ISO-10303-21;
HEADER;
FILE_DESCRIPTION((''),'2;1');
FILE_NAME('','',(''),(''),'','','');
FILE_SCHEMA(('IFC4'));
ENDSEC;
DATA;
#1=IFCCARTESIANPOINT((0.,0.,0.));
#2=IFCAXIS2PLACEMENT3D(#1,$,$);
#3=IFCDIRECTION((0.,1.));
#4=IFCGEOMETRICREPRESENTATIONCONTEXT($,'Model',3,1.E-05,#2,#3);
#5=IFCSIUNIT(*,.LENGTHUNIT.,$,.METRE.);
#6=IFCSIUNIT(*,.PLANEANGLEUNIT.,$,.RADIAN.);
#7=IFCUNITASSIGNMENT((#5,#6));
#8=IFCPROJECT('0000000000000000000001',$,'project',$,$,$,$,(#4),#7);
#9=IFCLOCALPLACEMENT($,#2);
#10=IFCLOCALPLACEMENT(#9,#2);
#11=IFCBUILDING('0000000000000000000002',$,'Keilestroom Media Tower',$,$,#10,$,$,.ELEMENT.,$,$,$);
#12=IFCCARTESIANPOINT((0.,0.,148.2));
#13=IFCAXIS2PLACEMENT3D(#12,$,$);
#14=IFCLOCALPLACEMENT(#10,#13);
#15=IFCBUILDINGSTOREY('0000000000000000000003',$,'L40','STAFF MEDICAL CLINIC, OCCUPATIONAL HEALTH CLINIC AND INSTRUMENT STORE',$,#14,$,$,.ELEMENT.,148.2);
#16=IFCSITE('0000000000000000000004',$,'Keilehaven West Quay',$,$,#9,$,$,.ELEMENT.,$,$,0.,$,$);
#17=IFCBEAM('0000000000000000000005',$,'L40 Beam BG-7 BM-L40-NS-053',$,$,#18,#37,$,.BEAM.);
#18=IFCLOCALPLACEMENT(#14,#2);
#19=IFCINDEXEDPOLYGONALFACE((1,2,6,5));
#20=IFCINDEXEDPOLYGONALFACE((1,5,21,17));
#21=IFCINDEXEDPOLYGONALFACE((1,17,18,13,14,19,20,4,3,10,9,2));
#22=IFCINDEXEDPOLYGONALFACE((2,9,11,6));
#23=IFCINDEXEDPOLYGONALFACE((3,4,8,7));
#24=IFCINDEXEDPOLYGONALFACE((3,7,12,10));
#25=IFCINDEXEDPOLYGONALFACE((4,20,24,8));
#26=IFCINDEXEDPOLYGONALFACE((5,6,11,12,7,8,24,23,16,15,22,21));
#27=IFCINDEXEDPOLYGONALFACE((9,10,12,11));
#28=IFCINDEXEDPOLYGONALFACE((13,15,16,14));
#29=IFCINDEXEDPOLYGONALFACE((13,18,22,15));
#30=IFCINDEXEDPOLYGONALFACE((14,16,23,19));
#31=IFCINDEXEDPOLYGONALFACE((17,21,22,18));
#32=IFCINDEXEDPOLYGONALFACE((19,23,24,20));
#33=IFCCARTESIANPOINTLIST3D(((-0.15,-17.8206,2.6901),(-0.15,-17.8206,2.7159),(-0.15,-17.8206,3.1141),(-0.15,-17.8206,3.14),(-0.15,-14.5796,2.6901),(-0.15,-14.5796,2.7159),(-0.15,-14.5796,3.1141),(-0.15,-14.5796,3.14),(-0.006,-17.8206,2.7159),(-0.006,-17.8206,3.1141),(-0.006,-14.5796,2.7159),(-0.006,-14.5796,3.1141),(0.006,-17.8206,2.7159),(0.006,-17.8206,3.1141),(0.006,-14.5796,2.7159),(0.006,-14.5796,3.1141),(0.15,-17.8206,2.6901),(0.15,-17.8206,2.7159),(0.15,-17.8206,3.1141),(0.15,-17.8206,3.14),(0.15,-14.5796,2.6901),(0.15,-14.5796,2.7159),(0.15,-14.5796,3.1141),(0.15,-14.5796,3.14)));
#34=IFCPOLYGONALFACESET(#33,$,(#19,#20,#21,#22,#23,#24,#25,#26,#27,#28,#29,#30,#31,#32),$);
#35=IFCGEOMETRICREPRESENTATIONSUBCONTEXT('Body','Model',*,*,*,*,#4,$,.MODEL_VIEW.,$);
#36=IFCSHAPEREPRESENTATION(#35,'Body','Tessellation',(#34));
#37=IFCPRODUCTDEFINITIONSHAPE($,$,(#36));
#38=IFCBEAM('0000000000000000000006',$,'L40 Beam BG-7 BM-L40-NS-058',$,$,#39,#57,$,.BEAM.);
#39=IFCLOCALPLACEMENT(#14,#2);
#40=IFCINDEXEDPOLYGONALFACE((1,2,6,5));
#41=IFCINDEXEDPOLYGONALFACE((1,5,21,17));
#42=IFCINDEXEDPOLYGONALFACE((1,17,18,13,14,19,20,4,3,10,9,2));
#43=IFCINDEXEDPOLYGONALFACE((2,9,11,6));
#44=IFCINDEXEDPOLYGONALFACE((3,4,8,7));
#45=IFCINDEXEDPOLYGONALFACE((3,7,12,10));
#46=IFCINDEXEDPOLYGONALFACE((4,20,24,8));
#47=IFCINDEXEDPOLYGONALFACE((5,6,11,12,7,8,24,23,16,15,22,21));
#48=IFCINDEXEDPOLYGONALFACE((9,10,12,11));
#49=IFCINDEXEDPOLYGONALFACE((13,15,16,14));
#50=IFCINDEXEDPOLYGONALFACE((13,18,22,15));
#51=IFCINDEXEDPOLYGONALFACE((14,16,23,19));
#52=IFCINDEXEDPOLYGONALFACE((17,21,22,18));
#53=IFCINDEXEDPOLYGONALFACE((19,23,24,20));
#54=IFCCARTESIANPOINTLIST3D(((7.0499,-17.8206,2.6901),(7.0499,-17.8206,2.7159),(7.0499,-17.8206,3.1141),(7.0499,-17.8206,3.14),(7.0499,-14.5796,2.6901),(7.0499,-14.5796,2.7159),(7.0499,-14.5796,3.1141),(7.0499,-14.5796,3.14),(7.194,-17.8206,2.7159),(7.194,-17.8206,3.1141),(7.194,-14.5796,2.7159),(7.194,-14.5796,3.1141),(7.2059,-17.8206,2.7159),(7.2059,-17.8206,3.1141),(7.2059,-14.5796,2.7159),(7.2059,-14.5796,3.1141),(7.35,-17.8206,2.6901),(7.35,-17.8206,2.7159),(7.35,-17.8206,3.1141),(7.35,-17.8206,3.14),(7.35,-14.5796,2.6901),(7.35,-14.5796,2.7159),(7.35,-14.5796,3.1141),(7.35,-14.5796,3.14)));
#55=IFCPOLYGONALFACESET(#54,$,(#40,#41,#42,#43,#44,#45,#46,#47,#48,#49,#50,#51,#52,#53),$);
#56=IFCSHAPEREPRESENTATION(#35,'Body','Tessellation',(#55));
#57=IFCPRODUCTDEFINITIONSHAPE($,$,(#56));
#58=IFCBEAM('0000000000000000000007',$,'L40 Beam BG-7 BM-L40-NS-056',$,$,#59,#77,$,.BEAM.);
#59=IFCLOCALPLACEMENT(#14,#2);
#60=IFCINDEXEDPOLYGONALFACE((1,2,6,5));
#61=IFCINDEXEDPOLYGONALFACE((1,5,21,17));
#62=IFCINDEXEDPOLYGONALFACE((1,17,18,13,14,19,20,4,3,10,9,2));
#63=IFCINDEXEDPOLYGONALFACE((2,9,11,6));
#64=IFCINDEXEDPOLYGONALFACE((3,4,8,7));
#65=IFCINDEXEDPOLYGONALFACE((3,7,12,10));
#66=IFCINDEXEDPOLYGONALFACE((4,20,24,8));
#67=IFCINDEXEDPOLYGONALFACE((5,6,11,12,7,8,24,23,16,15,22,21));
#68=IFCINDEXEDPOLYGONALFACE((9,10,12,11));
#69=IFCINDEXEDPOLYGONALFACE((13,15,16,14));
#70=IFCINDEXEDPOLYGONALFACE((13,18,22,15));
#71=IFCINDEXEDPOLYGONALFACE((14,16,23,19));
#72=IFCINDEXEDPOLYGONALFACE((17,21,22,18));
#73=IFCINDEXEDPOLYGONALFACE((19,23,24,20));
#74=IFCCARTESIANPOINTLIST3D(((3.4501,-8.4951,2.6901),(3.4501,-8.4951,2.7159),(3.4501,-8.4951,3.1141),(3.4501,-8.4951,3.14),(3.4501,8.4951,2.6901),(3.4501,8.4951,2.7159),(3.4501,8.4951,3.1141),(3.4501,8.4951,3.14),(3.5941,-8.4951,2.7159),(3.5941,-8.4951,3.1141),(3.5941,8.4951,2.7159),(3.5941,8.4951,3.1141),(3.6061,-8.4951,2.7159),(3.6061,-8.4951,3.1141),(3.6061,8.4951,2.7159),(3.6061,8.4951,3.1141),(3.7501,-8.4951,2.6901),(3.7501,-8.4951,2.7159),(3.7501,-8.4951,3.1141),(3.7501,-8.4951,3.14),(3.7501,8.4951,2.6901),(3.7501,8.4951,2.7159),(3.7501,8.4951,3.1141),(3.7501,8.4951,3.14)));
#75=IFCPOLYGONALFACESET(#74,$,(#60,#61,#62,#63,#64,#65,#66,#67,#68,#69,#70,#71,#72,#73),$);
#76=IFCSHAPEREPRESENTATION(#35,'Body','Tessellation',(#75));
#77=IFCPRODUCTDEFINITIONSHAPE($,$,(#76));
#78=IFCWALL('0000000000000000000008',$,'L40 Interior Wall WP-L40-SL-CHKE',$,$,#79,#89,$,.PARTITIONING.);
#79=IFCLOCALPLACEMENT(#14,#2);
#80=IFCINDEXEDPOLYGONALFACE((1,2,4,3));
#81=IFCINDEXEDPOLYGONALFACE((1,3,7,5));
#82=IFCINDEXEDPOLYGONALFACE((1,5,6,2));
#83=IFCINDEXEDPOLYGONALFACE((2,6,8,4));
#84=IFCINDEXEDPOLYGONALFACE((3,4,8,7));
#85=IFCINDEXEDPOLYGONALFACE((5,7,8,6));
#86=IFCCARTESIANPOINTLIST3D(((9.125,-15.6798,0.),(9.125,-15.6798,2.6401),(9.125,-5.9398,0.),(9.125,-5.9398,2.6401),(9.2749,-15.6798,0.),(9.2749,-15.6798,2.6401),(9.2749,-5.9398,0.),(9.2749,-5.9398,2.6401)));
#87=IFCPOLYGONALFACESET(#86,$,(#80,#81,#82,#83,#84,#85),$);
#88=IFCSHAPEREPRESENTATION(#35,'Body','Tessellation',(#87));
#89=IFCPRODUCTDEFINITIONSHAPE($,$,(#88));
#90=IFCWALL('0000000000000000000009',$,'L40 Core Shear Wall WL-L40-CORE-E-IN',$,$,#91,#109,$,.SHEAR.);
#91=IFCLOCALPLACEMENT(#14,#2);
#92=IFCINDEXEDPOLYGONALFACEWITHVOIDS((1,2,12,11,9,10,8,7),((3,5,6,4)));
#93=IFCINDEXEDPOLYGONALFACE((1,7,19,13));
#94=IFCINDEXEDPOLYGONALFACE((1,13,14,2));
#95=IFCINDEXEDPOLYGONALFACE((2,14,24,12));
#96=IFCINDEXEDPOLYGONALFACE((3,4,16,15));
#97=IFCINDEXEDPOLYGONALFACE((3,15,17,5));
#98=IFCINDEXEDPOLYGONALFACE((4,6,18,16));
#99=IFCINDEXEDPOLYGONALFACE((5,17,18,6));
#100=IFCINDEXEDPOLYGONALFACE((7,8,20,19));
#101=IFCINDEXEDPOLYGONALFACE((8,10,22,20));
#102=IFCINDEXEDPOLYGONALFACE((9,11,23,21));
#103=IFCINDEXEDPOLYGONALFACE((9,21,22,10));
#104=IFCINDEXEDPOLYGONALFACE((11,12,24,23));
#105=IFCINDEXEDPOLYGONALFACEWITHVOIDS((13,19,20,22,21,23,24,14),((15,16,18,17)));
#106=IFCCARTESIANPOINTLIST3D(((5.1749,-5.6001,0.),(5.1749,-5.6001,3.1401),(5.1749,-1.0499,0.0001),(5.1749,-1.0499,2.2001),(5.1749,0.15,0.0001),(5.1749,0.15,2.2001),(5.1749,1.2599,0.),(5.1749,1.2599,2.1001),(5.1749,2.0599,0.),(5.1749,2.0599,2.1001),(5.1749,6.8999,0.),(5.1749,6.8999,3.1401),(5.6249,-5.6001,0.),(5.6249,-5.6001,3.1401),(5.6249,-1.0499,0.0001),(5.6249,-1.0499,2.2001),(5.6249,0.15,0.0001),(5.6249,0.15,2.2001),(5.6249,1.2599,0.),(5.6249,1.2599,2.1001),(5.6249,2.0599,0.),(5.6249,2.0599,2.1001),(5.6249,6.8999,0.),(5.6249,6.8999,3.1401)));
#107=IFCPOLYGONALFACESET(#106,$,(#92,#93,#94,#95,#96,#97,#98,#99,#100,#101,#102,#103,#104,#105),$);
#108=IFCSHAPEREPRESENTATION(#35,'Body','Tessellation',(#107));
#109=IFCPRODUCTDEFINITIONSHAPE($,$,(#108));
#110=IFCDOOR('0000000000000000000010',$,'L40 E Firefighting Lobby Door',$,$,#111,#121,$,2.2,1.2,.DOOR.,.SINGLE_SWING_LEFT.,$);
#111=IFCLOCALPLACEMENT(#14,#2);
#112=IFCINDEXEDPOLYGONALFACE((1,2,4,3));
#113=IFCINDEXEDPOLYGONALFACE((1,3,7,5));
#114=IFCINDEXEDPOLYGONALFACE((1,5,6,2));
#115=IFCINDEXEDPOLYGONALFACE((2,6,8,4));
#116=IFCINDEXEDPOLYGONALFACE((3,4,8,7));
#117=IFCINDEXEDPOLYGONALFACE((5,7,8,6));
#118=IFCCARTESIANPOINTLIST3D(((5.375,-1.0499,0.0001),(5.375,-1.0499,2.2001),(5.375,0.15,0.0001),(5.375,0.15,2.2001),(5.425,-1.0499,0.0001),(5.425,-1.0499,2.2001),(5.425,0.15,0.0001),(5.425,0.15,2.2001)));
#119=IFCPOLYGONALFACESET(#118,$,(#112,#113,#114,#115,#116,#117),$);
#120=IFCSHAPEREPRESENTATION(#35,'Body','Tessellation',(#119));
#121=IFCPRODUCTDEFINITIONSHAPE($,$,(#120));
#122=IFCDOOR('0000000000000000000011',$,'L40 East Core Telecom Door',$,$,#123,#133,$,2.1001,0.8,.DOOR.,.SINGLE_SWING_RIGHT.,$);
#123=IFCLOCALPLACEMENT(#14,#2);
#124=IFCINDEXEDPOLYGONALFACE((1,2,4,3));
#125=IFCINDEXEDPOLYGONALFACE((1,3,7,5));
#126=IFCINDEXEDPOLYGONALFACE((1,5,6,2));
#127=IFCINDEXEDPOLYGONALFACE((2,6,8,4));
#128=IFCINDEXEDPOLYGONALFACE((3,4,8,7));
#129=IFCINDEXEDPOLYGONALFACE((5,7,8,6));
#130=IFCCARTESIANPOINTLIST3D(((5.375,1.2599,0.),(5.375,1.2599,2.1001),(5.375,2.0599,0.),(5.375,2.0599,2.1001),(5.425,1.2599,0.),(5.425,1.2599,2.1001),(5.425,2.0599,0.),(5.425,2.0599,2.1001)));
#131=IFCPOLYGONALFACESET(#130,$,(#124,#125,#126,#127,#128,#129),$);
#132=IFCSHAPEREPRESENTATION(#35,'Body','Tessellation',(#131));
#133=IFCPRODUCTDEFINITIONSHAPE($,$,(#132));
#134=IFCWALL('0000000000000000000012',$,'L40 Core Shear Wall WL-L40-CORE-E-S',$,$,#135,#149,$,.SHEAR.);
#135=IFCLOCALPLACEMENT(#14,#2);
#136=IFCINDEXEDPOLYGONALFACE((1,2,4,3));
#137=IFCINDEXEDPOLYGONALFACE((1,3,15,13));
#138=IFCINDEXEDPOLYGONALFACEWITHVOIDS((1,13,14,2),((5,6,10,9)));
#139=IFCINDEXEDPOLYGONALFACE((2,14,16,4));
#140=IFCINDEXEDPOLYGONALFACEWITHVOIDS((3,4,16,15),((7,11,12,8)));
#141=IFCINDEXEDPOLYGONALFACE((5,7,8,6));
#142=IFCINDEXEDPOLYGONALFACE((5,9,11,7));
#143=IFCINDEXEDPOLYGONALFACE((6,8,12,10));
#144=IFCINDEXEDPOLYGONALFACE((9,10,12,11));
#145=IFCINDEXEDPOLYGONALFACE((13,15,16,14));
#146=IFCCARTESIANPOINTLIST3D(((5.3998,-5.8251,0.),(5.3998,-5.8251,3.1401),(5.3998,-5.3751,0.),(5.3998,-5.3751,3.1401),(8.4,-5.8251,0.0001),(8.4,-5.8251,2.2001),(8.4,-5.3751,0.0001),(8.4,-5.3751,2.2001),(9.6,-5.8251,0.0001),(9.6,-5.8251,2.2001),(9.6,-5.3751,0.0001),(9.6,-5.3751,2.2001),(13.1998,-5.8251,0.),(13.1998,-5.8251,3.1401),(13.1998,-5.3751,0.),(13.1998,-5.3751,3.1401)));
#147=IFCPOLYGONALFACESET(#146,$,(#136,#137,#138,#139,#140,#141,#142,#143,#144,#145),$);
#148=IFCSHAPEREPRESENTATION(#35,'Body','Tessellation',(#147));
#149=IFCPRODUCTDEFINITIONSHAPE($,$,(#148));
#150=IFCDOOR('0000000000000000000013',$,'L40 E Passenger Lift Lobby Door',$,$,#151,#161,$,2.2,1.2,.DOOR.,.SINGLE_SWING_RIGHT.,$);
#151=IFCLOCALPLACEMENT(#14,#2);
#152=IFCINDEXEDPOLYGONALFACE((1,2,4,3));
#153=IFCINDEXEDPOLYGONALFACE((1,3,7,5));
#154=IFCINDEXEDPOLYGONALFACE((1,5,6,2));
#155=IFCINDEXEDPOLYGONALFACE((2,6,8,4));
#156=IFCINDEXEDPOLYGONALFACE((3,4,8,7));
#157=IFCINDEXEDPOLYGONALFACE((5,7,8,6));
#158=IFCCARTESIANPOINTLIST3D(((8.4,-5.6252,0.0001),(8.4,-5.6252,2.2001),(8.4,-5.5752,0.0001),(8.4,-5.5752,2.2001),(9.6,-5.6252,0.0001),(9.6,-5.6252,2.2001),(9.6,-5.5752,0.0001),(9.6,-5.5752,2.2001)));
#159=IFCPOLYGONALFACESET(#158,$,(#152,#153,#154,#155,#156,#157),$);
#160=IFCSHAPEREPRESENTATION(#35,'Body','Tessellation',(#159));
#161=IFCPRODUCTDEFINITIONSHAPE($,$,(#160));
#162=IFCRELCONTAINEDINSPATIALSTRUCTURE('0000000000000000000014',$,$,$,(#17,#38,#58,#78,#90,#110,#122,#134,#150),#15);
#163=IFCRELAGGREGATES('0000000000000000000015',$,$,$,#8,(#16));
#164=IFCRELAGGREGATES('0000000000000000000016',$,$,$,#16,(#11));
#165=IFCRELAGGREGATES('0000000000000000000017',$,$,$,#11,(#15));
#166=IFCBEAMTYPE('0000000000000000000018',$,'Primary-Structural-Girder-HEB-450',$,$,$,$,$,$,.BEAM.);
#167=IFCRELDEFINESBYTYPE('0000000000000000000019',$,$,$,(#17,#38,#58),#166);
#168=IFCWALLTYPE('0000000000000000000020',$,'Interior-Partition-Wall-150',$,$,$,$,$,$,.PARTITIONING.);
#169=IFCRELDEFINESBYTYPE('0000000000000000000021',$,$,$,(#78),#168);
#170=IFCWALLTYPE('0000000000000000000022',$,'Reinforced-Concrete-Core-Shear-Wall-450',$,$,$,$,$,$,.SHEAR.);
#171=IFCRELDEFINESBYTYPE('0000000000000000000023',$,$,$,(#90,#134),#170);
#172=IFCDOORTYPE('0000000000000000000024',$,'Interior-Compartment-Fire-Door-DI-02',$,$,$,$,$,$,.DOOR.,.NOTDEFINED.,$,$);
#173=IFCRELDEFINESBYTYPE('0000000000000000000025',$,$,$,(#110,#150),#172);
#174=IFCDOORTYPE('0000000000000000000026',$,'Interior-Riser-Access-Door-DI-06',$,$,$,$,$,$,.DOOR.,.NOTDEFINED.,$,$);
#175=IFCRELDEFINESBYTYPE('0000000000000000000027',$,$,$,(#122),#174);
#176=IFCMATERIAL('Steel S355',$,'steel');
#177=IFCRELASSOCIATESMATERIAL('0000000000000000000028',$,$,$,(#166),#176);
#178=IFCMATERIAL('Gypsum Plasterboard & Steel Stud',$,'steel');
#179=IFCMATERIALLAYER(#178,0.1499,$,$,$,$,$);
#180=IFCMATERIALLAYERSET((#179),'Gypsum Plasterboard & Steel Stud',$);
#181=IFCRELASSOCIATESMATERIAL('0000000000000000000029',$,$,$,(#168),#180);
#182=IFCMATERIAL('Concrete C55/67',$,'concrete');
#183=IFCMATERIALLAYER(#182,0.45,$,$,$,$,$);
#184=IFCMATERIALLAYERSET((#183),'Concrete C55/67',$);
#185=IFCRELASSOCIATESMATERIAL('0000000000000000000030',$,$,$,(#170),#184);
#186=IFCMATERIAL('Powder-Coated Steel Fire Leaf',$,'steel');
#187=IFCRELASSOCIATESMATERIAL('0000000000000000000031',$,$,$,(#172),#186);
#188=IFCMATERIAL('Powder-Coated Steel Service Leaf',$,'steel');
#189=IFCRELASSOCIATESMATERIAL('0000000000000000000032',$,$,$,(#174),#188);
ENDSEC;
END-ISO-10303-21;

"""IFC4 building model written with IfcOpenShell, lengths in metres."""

from ifc_helpers import new_model, si_unit, direction, frame, frame_2d, origin, origin_2d, place, context, subcontext, project, spatial, rectangle, i_section, extrude, source, transform, mapped, material, layer, layer_set, material_profile, profile_set, type_object, element, fill, save


model = new_model("IFC4")

# Units and contexts
model_context = context("Model", 3, precision=1e-05, world=origin(), true_north=direction((0.0, 1.0)))
body_context = subcontext(model_context, "Body", "Model", "MODEL_VIEW")
ifc_project = project(units=[si_unit("LENGTHUNIT", "METRE"), si_unit("PLANEANGLEUNIT", "RADIAN")], contexts=[model_context])

# Site, building, storey
site_placement = place(None, origin())
site = spatial("IfcSite", under=ifc_project, at=site_placement, Name="Keilehaven West Quay", CompositionType="ELEMENT", RefElevation=0.0)
building_placement = place(site_placement, origin())
building = spatial("IfcBuilding", under=site, at=building_placement, Name="Keilestroom Media Tower", CompositionType="ELEMENT")
storey_placement = place(building_placement, frame((0.0, 0.0, 148.2)))
storey = spatial("IfcBuildingStorey", under=building, at=storey_placement, Name="L40", Description="STAFF MEDICAL CLINIC, OCCUPATIONAL HEALTH CLINIC AND INSTRUMENT STORE", CompositionType="ELEMENT", Elevation=148.2)

# Shared definitions
ifc_material_1 = material(Name="Steel S355", Category="steel")
ifc_material_2 = material(Name="Concrete C55/67", Category="concrete")

# Beams
ifc_material_profile_1 = material_profile(ifc_material_1, i_section(OverallWidth=0.3, OverallDepth=0.45, WebThickness=0.012, FlangeThickness=0.0259, at=origin_2d()), Name="HEB 450")
ifc_profile_set_1 = profile_set([ifc_material_profile_1], Name="Steel S355")
beam_type_1 = type_object("IfcBeamType", Name="Primary-Structural-Girder-HEB-450", PredefinedType="BEAM", material=ifc_profile_set_1)
shared_shape_1 = source(origin(), body_context, "Body", "SweptSolid", [
    extrude(i_section(OverallWidth=0.3, OverallDepth=0.45, WebThickness=0.012, FlangeThickness=0.0259, at=origin_2d()), origin(), (0.0, 0.0, 1.0), 3.241),
])
for number, where, z_axis, x_axis, name in (
    (1, (0.0, -17.8206, 2.915), (0.0, 1.0, 0.0), (-1.0, 0.0, 0.0), "L40 Beam BG-7 BM-L40-NS-053"),
    (2, (7.2, -17.8206, 2.915), (0.0, 1.0, 0.0), (-1.0, 0.0, 0.0), "L40 Beam BG-7 BM-L40-NS-058"),
):
    element("IfcBeam", number, at=place(storey_placement, frame(where, z_axis=z_axis, x_axis=x_axis)), inside=storey, type_object=beam_type_1, Name=name, PredefinedType="BEAM", context=body_context, shape_type="MappedRepresentation", body=[
        mapped(shared_shape_1, transform((0.0, 0.0, 0.0), x_axis=(1.0, 0.0, 0.0), y_axis=(0.0, 1.0, 0.0), z_axis=(0.0, 0.0, 1.0), scale=1.0)),
    ])
shared_shape_2 = source(origin(), body_context, "Body", "SweptSolid", [
    extrude(i_section(OverallWidth=0.3, OverallDepth=0.45, WebThickness=0.012, FlangeThickness=0.0259, at=origin_2d()), origin(), (0.0, 0.0, 1.0), 16.9902),
])
beam_1_placement = place(storey_placement, frame((3.6001, -8.4951, 2.915), z_axis=(0.0, 1.0, 0.0), x_axis=(-1.0, 0.0, 0.0)))
element("IfcBeam", 3, at=beam_1_placement, inside=storey, type_object=beam_type_1, Name="L40 Beam BG-7 BM-L40-NS-056", PredefinedType="BEAM", context=body_context, shape_type="MappedRepresentation", body=[
    mapped(shared_shape_2, transform((0.0, 0.0, 0.0), x_axis=(1.0, 0.0, 0.0), y_axis=(0.0, 1.0, 0.0), z_axis=(0.0, 0.0, 1.0), scale=1.0)),
])

# Wall
ifc_material_3 = material(Name="Gypsum Plasterboard & Steel Stud", Category="steel")
ifc_layer_1 = layer(ifc_material_3, 0.1499)
ifc_layer_set_1 = layer_set([ifc_layer_1], Name="Gypsum Plasterboard & Steel Stud")
wall_type_1 = type_object("IfcWallType", Name="Interior-Partition-Wall-150", PredefinedType="PARTITIONING", material=ifc_layer_set_1)
wall_1_placement = place(storey_placement, frame((9.2, -15.6799, 0.0), z_axis=(0.0, 0.0, 1.0), x_axis=(0.0, 1.0, 0.0)))
element("IfcWall", 4, at=wall_1_placement, inside=storey, type_object=wall_type_1, Name="L40 Interior Wall WP-L40-SL-CHKE", PredefinedType="PARTITIONING", context=body_context, shape_type="SweptSolid", body=[
    extrude(rectangle(XDim=9.74, YDim=0.1499, at=frame_2d((4.8701, 0.0))), origin(), (0.0, 0.0, 1.0), 2.6401),
])

# Wall, openings, doors
ifc_layer_2 = layer(ifc_material_2, 0.45)
ifc_layer_set_2 = layer_set([ifc_layer_2], Name="Concrete C55/67")
wall_type_2 = type_object("IfcWallType", Name="Reinforced-Concrete-Core-Shear-Wall-450", PredefinedType="SHEAR", material=ifc_layer_set_2)
wall_2_placement = place(storey_placement, frame((5.3999, -5.6001, 0.0), z_axis=(0.0, 0.0, 1.0), x_axis=(0.0, 1.0, 0.0)))
wall_2 = element("IfcWall", 5, at=wall_2_placement, inside=storey, type_object=wall_type_2, Name="L40 Core Shear Wall WL-L40-CORE-E-IN", PredefinedType="SHEAR", context=body_context, shape_type="SweptSolid", body=[
    extrude(rectangle(XDim=12.5, YDim=0.45, at=frame_2d((6.25, 0.0))), origin(), (0.0, 0.0, 1.0), 3.1401),
])
opening_1_placement = place(wall_2_placement, frame((4.55, 0.0, 0.0)))
opening_1 = element("IfcOpeningElement", 6, at=opening_1_placement, cuts=wall_2, PredefinedType="OPENING", context=body_context, shape_type="SweptSolid", body=[
    extrude(rectangle(XDim=1.2, YDim=2.2, at=frame_2d((0.6001, 1.1001))), frame((0.0, 0.2349, 0.0), z_axis=(0.0, -1.0, 0.0), x_axis=(1.0, 0.0, 0.0)), (0.0, 0.0, 1.0), 0.47),
])
opening_2_placement = place(wall_2_placement, frame((6.8601, 0.0, 0.0)))
opening_2 = element("IfcOpeningElement", 7, at=opening_2_placement, cuts=wall_2, PredefinedType="OPENING", context=body_context, shape_type="SweptSolid", body=[
    extrude(rectangle(XDim=0.8, YDim=2.1001, at=frame_2d((0.3999, 1.05))), frame((0.0, 0.2349, 0.0), z_axis=(0.0, -1.0, 0.0), x_axis=(1.0, 0.0, 0.0)), (0.0, 0.0, 1.0), 0.47),
])
ifc_material_4 = material(Name="Powder-Coated Steel Fire Leaf", Category="steel")
door_type_1 = type_object("IfcDoorType", Name="Interior-Compartment-Fire-Door-DI-02", OperationType="NOTDEFINED", PredefinedType="DOOR", material=ifc_material_4)
shared_shape_3 = source(origin(), body_context, "Body", "SweptSolid", [
    extrude(rectangle(XDim=1.2, YDim=2.2, at=frame_2d((0.6001, 1.1001))), frame((0.0, 0.0249, 0.0), z_axis=(0.0, -1.0, 0.0), x_axis=(1.0, 0.0, 0.0)), (0.0, 0.0, 1.0), 0.05),
])
door_1_placement = place(opening_1_placement, origin())
door_1 = element("IfcDoor", 8, at=door_1_placement, inside=storey, type_object=door_type_1, Name="L40 E Firefighting Lobby Door", OperationType="SINGLE_SWING_LEFT", OverallHeight=2.2, OverallWidth=1.2, PredefinedType="DOOR", context=body_context, shape_type="MappedRepresentation", body=[
    mapped(shared_shape_3, transform((0.0, 0.0, 0.0), x_axis=(1.0, 0.0, 0.0), y_axis=(0.0, 1.0, 0.0), z_axis=(0.0, 0.0, 1.0), scale=1.0)),
])
fill(opening_1, door_1)
ifc_material_5 = material(Name="Powder-Coated Steel Service Leaf", Category="steel")
door_type_2 = type_object("IfcDoorType", Name="Interior-Riser-Access-Door-DI-06", OperationType="NOTDEFINED", PredefinedType="DOOR", material=ifc_material_5)
shared_shape_4 = source(origin(), body_context, "Body", "SweptSolid", [
    extrude(rectangle(XDim=0.8, YDim=2.1001, at=frame_2d((0.3999, 1.05))), frame((0.0, 0.0249, 0.0), z_axis=(0.0, -1.0, 0.0), x_axis=(1.0, 0.0, 0.0)), (0.0, 0.0, 1.0), 0.05),
])
door_2_placement = place(opening_2_placement, origin())
door_2 = element("IfcDoor", 9, at=door_2_placement, inside=storey, type_object=door_type_2, Name="L40 East Core Telecom Door", OperationType="SINGLE_SWING_RIGHT", OverallHeight=2.1001, OverallWidth=0.8, PredefinedType="DOOR", context=body_context, shape_type="MappedRepresentation", body=[
    mapped(shared_shape_4, transform((0.0, 0.0, 0.0), x_axis=(1.0, 0.0, 0.0), y_axis=(0.0, 1.0, 0.0), z_axis=(0.0, 0.0, 1.0), scale=1.0)),
])
fill(opening_2, door_2)

# Wall, opening, door
wall_3_placement = place(storey_placement, frame((5.3999, -5.6001, 0.0), z_axis=(0.0, 0.0, 1.0), x_axis=(1.0, 0.0, 0.0)))
wall_3 = element("IfcWall", 10, at=wall_3_placement, inside=storey, type_object=wall_type_2, Name="L40 Core Shear Wall WL-L40-CORE-E-S", PredefinedType="SHEAR", context=body_context, shape_type="SweptSolid", body=[
    extrude(rectangle(XDim=7.8, YDim=0.45, at=frame_2d((3.8999, 0.0))), origin(), (0.0, 0.0, 1.0), 3.1401),
])
opening_3_placement = place(wall_3_placement, frame((3.0, 0.0, 0.0)))
opening_3 = element("IfcOpeningElement", 11, at=opening_3_placement, cuts=wall_3, PredefinedType="OPENING", context=body_context, shape_type="SweptSolid", body=[
    extrude(rectangle(XDim=1.2, YDim=2.2, at=frame_2d((0.6001, 1.1001))), frame((0.0, 0.2349, 0.0), z_axis=(0.0, -1.0, 0.0), x_axis=(1.0, 0.0, 0.0)), (0.0, 0.0, 1.0), 0.47),
])
door_3_placement = place(opening_3_placement, origin())
door_3 = element("IfcDoor", 12, at=door_3_placement, inside=storey, type_object=door_type_1, Name="L40 E Passenger Lift Lobby Door", OperationType="SINGLE_SWING_RIGHT", OverallHeight=2.2, OverallWidth=1.2, PredefinedType="DOOR", context=body_context, shape_type="MappedRepresentation", body=[
    mapped(shared_shape_3, transform((0.0, 0.0, 0.0), x_axis=(1.0, 0.0, 0.0), y_axis=(0.0, 1.0, 0.0), z_axis=(0.0, 0.0, 1.0), scale=1.0)),
])
fill(opening_3, door_3)

save(model, "model.ifc")
